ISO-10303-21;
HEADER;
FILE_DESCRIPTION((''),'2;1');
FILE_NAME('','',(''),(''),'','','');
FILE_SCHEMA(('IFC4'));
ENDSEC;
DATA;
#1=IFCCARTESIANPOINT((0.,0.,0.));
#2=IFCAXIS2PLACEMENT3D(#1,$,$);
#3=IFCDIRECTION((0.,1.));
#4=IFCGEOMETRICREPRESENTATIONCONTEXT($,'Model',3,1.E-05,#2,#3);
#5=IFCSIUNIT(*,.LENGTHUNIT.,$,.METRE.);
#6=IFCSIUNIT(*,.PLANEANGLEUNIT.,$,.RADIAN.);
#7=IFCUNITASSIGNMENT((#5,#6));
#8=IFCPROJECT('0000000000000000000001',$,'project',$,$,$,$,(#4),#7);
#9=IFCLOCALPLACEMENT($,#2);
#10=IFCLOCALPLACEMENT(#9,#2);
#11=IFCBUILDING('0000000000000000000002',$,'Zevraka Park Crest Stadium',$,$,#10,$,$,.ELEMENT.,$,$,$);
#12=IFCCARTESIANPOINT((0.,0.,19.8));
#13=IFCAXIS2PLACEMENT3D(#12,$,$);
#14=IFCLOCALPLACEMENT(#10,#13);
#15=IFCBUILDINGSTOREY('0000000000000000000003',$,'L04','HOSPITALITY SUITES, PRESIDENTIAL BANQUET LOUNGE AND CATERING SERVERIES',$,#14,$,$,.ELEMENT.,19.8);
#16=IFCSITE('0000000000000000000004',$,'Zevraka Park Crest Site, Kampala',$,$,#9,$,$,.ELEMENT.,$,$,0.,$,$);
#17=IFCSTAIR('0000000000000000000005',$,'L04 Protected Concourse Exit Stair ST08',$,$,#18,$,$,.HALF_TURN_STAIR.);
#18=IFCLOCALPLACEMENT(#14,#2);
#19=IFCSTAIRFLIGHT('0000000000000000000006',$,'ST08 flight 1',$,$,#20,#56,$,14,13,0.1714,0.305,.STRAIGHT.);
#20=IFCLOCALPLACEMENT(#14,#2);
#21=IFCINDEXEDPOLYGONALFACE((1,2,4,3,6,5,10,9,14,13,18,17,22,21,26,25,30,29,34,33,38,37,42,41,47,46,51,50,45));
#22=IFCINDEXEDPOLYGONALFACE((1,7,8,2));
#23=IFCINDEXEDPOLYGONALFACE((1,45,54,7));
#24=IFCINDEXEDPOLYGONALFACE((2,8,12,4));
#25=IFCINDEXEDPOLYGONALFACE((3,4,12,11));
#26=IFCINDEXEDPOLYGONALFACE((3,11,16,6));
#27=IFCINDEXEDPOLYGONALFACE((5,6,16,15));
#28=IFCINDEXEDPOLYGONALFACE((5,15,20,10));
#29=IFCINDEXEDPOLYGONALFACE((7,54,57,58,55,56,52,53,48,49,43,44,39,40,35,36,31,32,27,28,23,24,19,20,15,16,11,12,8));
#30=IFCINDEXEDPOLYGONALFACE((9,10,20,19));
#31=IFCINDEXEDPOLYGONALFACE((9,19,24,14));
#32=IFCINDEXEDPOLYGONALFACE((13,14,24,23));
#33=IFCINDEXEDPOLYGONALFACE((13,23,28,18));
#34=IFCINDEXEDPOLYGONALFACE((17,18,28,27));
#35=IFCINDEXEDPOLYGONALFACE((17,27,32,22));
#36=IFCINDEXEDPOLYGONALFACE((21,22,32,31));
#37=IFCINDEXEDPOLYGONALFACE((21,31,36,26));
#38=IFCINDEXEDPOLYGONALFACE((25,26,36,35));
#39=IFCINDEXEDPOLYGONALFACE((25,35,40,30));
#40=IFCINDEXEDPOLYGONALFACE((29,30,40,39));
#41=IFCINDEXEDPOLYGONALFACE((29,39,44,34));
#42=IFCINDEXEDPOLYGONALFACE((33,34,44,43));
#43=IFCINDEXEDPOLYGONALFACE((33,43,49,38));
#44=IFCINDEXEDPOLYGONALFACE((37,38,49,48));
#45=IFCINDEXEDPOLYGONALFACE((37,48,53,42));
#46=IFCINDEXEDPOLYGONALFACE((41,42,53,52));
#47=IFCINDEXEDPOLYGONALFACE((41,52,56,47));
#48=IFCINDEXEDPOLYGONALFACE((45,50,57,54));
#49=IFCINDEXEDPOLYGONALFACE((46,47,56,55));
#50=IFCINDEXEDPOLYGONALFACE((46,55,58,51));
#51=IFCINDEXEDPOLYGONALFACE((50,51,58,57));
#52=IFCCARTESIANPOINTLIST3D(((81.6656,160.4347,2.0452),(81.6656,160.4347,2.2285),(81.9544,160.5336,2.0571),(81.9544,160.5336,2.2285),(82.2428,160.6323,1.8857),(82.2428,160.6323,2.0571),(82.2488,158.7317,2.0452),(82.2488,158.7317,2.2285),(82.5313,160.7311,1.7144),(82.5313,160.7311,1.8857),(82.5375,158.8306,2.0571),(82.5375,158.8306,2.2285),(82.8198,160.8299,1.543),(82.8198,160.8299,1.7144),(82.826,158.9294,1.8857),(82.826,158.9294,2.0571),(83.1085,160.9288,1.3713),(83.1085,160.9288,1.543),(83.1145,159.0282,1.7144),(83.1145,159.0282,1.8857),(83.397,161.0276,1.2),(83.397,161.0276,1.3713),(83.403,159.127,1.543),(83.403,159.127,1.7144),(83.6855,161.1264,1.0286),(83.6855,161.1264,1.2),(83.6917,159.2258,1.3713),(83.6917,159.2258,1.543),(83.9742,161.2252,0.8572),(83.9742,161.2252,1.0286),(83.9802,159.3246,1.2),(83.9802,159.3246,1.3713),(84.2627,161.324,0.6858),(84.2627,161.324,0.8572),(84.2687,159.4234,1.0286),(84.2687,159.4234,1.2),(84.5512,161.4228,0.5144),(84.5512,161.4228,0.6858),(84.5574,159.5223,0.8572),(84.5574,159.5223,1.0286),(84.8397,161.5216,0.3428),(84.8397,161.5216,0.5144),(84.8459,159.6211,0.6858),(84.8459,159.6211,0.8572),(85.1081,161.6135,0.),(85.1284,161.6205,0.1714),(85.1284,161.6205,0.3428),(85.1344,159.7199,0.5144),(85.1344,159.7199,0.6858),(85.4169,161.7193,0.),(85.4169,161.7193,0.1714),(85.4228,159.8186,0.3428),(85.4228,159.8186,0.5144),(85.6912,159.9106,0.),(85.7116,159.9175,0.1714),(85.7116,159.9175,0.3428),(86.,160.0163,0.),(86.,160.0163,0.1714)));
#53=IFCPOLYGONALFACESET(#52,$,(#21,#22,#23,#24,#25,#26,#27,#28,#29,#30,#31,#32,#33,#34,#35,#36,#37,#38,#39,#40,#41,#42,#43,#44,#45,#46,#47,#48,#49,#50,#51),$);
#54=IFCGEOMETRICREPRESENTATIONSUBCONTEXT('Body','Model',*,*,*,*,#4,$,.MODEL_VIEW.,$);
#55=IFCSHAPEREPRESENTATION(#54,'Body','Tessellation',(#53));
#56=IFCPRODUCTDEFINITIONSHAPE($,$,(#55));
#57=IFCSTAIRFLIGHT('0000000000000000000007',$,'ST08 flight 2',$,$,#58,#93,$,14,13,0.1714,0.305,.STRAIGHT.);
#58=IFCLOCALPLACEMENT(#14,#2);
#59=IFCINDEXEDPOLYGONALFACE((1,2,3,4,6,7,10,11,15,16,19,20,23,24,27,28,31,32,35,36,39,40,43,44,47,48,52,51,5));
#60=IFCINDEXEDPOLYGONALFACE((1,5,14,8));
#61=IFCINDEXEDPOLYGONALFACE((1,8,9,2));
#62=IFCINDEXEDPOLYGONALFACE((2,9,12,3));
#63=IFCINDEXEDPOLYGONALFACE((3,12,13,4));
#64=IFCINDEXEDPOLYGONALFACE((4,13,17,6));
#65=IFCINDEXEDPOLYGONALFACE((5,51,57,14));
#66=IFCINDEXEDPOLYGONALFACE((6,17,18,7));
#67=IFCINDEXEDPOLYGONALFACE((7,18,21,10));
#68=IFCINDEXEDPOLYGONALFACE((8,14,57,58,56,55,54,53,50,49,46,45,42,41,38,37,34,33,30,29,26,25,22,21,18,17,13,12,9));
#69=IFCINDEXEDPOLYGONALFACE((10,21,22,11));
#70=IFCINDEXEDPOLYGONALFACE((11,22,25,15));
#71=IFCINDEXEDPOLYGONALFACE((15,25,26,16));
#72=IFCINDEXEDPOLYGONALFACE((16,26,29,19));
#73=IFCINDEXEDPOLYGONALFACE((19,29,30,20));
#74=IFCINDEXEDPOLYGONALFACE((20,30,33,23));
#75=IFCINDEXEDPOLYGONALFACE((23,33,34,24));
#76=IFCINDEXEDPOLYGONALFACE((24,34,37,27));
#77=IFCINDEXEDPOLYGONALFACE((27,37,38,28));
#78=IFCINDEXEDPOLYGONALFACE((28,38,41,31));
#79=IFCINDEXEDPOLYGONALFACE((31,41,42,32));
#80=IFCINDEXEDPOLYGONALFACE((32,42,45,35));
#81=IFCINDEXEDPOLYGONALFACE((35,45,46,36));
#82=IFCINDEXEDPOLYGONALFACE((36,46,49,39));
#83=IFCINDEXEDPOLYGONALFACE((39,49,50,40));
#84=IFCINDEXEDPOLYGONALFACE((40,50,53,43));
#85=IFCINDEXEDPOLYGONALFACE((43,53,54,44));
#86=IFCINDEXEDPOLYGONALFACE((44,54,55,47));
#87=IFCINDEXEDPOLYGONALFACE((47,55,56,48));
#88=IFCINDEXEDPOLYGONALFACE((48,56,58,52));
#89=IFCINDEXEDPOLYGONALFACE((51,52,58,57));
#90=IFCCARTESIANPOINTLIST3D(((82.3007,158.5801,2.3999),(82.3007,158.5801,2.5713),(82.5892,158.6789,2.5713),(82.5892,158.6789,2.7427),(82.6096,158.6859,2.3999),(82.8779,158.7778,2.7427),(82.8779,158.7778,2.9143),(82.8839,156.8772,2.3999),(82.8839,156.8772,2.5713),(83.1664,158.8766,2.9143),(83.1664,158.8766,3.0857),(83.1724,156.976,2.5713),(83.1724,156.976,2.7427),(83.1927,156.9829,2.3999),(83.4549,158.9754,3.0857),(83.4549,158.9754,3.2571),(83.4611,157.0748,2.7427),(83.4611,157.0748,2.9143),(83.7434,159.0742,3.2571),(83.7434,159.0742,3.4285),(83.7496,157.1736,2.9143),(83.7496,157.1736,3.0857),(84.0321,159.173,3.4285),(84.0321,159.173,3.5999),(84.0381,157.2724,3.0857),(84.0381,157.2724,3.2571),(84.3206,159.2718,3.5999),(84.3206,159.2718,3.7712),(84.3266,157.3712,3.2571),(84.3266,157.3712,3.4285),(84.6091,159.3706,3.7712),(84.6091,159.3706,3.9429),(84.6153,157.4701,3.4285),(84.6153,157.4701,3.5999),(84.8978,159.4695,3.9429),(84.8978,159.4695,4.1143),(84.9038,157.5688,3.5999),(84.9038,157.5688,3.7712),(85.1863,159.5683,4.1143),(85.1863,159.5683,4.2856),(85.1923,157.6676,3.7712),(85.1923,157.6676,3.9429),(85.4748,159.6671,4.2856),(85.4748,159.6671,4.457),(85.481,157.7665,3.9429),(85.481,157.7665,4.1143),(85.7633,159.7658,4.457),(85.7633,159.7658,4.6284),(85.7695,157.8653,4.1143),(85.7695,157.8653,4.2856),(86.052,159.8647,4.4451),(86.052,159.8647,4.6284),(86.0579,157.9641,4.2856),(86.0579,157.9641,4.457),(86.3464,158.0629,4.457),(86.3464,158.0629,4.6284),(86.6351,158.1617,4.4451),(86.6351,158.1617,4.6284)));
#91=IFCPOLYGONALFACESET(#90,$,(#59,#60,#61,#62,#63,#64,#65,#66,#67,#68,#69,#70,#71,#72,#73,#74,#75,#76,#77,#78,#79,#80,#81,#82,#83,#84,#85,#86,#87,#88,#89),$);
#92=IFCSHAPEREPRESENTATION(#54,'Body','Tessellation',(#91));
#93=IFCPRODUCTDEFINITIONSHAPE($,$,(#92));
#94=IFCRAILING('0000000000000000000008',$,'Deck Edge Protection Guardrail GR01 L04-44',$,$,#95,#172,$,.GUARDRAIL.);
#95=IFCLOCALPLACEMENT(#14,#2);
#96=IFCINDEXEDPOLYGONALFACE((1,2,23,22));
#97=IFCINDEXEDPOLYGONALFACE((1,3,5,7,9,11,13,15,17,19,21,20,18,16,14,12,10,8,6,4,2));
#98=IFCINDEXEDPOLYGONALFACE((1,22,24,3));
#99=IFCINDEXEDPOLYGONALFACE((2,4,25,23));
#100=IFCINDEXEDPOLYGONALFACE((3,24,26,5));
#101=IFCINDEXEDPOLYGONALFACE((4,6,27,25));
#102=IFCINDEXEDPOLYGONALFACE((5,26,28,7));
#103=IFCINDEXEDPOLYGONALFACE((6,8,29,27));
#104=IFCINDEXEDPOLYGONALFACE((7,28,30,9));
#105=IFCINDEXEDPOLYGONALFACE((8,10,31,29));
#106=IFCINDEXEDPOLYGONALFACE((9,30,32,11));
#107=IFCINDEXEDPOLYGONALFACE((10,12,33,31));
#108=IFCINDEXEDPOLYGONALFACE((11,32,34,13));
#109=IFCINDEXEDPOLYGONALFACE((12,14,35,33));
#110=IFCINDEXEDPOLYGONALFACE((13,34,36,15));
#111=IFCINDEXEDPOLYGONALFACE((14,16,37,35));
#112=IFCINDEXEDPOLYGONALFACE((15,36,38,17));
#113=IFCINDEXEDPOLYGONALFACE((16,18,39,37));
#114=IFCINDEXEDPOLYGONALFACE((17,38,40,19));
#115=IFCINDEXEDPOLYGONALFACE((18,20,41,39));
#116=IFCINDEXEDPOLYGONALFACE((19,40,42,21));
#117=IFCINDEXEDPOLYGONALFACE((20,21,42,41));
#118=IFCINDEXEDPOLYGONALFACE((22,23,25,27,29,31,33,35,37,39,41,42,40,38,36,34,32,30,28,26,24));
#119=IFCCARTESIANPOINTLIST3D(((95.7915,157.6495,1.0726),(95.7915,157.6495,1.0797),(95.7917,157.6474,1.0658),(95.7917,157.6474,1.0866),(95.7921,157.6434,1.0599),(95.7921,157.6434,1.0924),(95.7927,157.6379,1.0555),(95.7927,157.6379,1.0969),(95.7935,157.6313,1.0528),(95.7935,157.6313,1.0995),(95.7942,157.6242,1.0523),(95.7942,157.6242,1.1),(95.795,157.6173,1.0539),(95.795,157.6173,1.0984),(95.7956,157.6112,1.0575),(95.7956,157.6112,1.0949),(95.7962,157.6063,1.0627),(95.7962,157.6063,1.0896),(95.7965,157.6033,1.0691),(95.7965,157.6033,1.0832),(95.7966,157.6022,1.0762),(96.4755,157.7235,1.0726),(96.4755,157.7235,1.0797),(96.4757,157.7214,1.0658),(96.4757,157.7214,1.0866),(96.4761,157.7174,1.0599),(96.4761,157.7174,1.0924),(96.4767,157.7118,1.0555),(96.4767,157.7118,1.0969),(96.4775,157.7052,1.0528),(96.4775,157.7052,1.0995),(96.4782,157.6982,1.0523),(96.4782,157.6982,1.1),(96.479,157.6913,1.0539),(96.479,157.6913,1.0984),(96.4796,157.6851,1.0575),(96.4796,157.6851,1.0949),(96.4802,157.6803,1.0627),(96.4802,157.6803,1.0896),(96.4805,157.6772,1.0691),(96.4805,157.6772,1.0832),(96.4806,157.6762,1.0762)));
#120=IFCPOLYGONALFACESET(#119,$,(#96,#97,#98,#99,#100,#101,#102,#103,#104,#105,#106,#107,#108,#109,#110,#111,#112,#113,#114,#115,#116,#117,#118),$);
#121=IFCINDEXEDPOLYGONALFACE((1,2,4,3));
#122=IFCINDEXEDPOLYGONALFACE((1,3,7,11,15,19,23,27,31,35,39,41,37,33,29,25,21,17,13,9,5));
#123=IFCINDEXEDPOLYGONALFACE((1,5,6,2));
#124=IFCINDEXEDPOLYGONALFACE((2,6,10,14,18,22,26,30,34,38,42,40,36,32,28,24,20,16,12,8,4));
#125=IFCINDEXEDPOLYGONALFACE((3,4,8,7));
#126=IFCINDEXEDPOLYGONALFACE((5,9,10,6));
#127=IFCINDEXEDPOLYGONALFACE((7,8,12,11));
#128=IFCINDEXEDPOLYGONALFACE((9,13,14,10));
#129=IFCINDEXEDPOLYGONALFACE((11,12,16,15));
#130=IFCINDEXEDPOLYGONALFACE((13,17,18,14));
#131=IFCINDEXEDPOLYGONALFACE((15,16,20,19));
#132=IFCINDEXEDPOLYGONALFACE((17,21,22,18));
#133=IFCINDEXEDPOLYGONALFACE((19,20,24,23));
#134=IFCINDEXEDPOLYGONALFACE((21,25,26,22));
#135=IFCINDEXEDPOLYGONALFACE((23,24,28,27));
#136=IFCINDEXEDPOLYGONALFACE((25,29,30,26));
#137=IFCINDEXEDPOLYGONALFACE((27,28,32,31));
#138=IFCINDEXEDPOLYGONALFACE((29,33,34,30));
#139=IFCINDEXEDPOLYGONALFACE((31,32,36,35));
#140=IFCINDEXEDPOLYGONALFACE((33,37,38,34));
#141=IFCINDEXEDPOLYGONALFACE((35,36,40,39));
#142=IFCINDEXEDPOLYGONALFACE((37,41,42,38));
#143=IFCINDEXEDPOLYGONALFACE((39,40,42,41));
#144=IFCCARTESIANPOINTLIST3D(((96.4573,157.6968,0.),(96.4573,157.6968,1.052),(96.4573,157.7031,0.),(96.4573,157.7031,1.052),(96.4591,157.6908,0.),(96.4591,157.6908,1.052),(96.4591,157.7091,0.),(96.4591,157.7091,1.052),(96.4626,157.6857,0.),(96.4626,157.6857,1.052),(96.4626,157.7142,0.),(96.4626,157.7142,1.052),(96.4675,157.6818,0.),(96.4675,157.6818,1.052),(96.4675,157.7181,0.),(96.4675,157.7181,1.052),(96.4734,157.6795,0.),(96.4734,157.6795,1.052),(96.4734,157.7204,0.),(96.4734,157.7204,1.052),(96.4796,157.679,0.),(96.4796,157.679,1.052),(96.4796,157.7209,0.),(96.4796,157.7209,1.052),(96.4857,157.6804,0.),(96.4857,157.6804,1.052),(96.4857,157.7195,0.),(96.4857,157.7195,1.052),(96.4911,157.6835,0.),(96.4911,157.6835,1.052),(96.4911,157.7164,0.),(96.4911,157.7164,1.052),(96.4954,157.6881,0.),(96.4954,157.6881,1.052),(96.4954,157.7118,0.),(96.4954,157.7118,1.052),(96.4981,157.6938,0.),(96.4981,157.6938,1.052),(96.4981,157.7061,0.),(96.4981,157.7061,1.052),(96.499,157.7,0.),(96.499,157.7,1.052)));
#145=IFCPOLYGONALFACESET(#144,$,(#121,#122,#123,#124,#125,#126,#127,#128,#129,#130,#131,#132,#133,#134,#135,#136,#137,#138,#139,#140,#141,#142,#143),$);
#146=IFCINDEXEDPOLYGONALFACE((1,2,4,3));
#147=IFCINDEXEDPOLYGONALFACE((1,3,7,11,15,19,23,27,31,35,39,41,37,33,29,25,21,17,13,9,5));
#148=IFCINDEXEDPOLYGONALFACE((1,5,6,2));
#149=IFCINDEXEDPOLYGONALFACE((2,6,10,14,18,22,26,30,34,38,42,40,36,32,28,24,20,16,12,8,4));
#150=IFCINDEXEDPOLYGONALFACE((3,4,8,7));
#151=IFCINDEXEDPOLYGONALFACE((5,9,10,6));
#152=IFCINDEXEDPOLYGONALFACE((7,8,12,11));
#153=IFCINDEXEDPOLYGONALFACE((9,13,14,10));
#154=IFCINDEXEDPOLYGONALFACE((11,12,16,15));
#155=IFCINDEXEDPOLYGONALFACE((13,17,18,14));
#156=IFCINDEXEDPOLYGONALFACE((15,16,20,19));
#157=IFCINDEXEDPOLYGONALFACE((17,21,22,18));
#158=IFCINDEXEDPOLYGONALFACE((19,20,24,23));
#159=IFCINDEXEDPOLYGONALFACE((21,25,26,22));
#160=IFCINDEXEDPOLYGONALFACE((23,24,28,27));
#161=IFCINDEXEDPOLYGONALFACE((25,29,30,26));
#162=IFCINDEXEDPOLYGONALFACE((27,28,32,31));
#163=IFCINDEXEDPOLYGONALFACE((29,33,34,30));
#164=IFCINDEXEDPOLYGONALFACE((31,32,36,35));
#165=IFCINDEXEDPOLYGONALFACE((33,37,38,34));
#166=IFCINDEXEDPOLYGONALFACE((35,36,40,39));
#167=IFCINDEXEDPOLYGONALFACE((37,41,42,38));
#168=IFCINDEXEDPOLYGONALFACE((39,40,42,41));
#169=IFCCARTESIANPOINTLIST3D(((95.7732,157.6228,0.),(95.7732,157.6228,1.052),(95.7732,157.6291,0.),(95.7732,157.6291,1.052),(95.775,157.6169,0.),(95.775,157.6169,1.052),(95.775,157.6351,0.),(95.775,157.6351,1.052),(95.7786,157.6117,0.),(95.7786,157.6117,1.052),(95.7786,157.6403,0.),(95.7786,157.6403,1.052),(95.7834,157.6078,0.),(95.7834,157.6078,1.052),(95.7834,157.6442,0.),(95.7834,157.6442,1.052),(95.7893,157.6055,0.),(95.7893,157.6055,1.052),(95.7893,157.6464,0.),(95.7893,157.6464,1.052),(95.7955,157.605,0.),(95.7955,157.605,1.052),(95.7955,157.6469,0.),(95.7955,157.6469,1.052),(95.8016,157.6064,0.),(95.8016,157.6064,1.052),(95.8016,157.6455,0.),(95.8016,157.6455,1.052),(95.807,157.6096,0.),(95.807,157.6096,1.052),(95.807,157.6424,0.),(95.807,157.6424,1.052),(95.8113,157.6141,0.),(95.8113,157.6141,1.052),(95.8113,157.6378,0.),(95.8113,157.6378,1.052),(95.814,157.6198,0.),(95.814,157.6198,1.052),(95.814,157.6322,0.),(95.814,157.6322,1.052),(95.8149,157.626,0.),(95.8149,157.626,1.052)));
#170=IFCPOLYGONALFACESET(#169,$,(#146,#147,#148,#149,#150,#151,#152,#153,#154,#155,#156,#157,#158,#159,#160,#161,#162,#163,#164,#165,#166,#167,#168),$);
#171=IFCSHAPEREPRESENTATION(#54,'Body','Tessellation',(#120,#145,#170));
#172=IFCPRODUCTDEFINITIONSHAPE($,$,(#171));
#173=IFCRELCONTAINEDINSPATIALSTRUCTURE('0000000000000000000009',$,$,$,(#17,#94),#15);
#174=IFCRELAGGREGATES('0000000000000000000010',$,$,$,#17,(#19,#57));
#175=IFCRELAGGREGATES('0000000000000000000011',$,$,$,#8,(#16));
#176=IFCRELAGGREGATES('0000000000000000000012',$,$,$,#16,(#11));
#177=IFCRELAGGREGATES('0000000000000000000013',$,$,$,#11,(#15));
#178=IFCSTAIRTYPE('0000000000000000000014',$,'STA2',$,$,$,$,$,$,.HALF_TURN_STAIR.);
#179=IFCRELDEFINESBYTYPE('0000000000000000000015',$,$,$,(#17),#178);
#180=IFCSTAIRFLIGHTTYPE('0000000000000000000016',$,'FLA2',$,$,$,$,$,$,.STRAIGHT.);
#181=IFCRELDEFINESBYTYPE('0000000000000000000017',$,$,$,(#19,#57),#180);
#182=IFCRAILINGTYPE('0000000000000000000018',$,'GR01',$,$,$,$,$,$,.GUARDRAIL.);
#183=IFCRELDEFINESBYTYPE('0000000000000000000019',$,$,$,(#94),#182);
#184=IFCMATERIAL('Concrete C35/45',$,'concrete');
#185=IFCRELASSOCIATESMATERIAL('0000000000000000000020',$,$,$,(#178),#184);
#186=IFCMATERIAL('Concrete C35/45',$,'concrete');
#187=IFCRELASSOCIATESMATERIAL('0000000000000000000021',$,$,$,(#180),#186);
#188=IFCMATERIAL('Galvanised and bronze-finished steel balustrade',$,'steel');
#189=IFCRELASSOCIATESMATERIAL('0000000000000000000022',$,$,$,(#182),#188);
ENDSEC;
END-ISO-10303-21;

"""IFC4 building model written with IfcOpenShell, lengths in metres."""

from ifc_helpers import new_model, si_unit, direction, frame, origin, origin_2d, place, context, subcontext, project, spatial, polyline, circle, outline, extrude, material, type_object, element, aggregate, save


model = new_model("IFC4")

# Units and contexts
model_context = context("Model", 3, precision=1e-05, world=origin(), true_north=direction((0.0, 1.0)))
body_context = subcontext(model_context, "Body", "Model", "MODEL_VIEW")
ifc_project = project(units=[si_unit("LENGTHUNIT", "METRE"), si_unit("PLANEANGLEUNIT", "RADIAN")], contexts=[model_context])

# Site, building, storey
site_placement = place(None, origin())
site = spatial("IfcSite", under=ifc_project, at=site_placement, Name="Zevraka Park Crest Site, Kampala", CompositionType="ELEMENT", RefElevation=0.0)
building_placement = place(site_placement, origin())
building = spatial("IfcBuilding", under=site, at=building_placement, Name="Zevraka Park Crest Stadium", CompositionType="ELEMENT")
storey_placement = place(building_placement, frame((0.0, 0.0, 19.8)))
storey = spatial("IfcBuildingStorey", under=building, at=storey_placement, Name="L04", Description="HOSPITALITY SUITES, PRESIDENTIAL BANQUET LOUNGE AND CATERING SERVERIES", CompositionType="ELEMENT", Elevation=19.8)

# Stair, stair flights
ifc_material_1 = material(Name="Concrete C35/45", Category="concrete")
stair_type = type_object("IfcStairType", Name="STA2", PredefinedType="HALF_TURN_STAIR", material=ifc_material_1)
stair_placement = place(storey_placement, origin())
stair = element("IfcStair", 1, at=stair_placement, inside=storey, type_object=stair_type, Name="L04 Protected Concourse Exit Stair ST08", PredefinedType="HALF_TURN_STAIR")
ifc_material_2 = material(Name="Concrete C35/45", Category="concrete")
stair_flight_type = type_object("IfcStairFlightType", Name="FLA2", PredefinedType="STRAIGHT", material=ifc_material_2)
stair_flight_1_placement = place(storey_placement, frame((85.7085, 160.8677, 0.0), z_axis=(0.0, 0.0, 1.0), x_axis=(-0.946066, -0.323974, 0.0)))
stair_flight_1 = element("IfcStairFlight", 2, at=stair_flight_1_placement, type_object=stair_flight_type, Name="ST08 flight 1", NumberOfRisers=14, NumberOfTreads=13, PredefinedType="STRAIGHT", RiserHeight=0.1714, TreadLength=0.305, context=body_context, shape_type="SweptSolid", body=[
    extrude(outline(polyline([(0.0, 0.0), (0.0, 0.1714), (0.3049, 0.1714), (0.3049, 0.3428), (0.6101, 0.3428), (0.6101, 0.5144), (0.915, 0.5144), (0.915, 0.6858), (1.22, 0.6858), (1.22, 0.8572), (1.5249, 0.8572), (1.5249, 1.0286), (1.8301, 1.0286), (1.8301, 1.2), (2.135, 1.2), (2.135, 1.3713), (2.4399, 1.3713), (2.4399, 1.543), (2.7451, 1.543), (2.7451, 1.7144), (3.05, 1.7144), (3.05, 1.8857), (3.355, 1.8857), (3.355, 2.0571), (3.6599, 2.0571), (3.6599, 2.2285), (3.9651, 2.2285), (3.9651, 2.3999), (3.9651, 2.0452), (0.3264, 0.0), (0.0, 0.0)])), frame((0.0, 0.8999, 0.0), z_axis=(0.0, -1.0, 0.0), x_axis=(1.0, 0.0, 0.0)), (0.0, 0.0, 1.0), 1.8),
])
stair_flight_2_placement = place(storey_placement, frame((82.5923, 157.7288, 2.3999), z_axis=(0.0, 0.0, 1.0), x_axis=(0.946066, 0.323974, 0.0)))
stair_flight_2 = element("IfcStairFlight", 3, at=stair_flight_2_placement, type_object=stair_flight_type, Name="ST08 flight 2", NumberOfRisers=14, NumberOfTreads=13, PredefinedType="STRAIGHT", RiserHeight=0.1714, TreadLength=0.305, context=body_context, shape_type="SweptSolid", body=[
    extrude(outline(polyline([(0.0, 0.0), (0.0, 0.1714), (0.3049, 0.1714), (0.3049, 0.3428), (0.6101, 0.3428), (0.6101, 0.5144), (0.915, 0.5144), (0.915, 0.6858), (1.22, 0.6858), (1.22, 0.8572), (1.5249, 0.8572), (1.5249, 1.0286), (1.8301, 1.0286), (1.8301, 1.2), (2.135, 1.2), (2.135, 1.3713), (2.4399, 1.3713), (2.4399, 1.543), (2.7451, 1.543), (2.7451, 1.7144), (3.05, 1.7144), (3.05, 1.8857), (3.355, 1.8857), (3.355, 2.0571), (3.6599, 2.0571), (3.6599, 2.2285), (3.9651, 2.2285), (3.9651, 2.3999), (3.9651, 2.0452), (0.3264, 0.0), (0.0, 0.0)])), frame((0.0, 0.8999, 0.0), z_axis=(0.0, -1.0, 0.0), x_axis=(1.0, 0.0, 0.0)), (0.0, 0.0, 1.0), 1.8),
])
aggregate(stair, [stair_flight_1, stair_flight_2])

# Railing
ifc_material_3 = material(Name="Galvanised and bronze-finished steel balustrade", Category="steel")
railing_type_1 = type_object("IfcRailingType", Name="GR01", PredefinedType="GUARDRAIL", material=ifc_material_3)
railing_1_placement = place(storey_placement, frame((96.478, 157.7, 0.0)))
element("IfcRailing", 4, at=railing_1_placement, inside=storey, type_object=railing_type_1, Name="Deck Edge Protection Guardrail GR01 L04-44", PredefinedType="GUARDRAIL", context=body_context, shape_type="SweptSolid", body=[
    extrude(circle(Radius=0.0239, at=origin_2d()), frame((0.0, 0.0, 1.0762), z_axis=(-0.994204, -0.10751, 0.0), x_axis=(0.10751, -0.994204, 0.0)), (0.0, 0.0, 1.0), 0.688),
    extrude(circle(Radius=0.021, at=origin_2d()), origin(), (0.0, 0.0, 1.0), 1.052),
    extrude(circle(Radius=0.021, at=origin_2d()), frame((-0.6841, -0.074, 0.0)), (0.0, 0.0, 1.0), 1.052),
])

save(model, "model.ifc")
